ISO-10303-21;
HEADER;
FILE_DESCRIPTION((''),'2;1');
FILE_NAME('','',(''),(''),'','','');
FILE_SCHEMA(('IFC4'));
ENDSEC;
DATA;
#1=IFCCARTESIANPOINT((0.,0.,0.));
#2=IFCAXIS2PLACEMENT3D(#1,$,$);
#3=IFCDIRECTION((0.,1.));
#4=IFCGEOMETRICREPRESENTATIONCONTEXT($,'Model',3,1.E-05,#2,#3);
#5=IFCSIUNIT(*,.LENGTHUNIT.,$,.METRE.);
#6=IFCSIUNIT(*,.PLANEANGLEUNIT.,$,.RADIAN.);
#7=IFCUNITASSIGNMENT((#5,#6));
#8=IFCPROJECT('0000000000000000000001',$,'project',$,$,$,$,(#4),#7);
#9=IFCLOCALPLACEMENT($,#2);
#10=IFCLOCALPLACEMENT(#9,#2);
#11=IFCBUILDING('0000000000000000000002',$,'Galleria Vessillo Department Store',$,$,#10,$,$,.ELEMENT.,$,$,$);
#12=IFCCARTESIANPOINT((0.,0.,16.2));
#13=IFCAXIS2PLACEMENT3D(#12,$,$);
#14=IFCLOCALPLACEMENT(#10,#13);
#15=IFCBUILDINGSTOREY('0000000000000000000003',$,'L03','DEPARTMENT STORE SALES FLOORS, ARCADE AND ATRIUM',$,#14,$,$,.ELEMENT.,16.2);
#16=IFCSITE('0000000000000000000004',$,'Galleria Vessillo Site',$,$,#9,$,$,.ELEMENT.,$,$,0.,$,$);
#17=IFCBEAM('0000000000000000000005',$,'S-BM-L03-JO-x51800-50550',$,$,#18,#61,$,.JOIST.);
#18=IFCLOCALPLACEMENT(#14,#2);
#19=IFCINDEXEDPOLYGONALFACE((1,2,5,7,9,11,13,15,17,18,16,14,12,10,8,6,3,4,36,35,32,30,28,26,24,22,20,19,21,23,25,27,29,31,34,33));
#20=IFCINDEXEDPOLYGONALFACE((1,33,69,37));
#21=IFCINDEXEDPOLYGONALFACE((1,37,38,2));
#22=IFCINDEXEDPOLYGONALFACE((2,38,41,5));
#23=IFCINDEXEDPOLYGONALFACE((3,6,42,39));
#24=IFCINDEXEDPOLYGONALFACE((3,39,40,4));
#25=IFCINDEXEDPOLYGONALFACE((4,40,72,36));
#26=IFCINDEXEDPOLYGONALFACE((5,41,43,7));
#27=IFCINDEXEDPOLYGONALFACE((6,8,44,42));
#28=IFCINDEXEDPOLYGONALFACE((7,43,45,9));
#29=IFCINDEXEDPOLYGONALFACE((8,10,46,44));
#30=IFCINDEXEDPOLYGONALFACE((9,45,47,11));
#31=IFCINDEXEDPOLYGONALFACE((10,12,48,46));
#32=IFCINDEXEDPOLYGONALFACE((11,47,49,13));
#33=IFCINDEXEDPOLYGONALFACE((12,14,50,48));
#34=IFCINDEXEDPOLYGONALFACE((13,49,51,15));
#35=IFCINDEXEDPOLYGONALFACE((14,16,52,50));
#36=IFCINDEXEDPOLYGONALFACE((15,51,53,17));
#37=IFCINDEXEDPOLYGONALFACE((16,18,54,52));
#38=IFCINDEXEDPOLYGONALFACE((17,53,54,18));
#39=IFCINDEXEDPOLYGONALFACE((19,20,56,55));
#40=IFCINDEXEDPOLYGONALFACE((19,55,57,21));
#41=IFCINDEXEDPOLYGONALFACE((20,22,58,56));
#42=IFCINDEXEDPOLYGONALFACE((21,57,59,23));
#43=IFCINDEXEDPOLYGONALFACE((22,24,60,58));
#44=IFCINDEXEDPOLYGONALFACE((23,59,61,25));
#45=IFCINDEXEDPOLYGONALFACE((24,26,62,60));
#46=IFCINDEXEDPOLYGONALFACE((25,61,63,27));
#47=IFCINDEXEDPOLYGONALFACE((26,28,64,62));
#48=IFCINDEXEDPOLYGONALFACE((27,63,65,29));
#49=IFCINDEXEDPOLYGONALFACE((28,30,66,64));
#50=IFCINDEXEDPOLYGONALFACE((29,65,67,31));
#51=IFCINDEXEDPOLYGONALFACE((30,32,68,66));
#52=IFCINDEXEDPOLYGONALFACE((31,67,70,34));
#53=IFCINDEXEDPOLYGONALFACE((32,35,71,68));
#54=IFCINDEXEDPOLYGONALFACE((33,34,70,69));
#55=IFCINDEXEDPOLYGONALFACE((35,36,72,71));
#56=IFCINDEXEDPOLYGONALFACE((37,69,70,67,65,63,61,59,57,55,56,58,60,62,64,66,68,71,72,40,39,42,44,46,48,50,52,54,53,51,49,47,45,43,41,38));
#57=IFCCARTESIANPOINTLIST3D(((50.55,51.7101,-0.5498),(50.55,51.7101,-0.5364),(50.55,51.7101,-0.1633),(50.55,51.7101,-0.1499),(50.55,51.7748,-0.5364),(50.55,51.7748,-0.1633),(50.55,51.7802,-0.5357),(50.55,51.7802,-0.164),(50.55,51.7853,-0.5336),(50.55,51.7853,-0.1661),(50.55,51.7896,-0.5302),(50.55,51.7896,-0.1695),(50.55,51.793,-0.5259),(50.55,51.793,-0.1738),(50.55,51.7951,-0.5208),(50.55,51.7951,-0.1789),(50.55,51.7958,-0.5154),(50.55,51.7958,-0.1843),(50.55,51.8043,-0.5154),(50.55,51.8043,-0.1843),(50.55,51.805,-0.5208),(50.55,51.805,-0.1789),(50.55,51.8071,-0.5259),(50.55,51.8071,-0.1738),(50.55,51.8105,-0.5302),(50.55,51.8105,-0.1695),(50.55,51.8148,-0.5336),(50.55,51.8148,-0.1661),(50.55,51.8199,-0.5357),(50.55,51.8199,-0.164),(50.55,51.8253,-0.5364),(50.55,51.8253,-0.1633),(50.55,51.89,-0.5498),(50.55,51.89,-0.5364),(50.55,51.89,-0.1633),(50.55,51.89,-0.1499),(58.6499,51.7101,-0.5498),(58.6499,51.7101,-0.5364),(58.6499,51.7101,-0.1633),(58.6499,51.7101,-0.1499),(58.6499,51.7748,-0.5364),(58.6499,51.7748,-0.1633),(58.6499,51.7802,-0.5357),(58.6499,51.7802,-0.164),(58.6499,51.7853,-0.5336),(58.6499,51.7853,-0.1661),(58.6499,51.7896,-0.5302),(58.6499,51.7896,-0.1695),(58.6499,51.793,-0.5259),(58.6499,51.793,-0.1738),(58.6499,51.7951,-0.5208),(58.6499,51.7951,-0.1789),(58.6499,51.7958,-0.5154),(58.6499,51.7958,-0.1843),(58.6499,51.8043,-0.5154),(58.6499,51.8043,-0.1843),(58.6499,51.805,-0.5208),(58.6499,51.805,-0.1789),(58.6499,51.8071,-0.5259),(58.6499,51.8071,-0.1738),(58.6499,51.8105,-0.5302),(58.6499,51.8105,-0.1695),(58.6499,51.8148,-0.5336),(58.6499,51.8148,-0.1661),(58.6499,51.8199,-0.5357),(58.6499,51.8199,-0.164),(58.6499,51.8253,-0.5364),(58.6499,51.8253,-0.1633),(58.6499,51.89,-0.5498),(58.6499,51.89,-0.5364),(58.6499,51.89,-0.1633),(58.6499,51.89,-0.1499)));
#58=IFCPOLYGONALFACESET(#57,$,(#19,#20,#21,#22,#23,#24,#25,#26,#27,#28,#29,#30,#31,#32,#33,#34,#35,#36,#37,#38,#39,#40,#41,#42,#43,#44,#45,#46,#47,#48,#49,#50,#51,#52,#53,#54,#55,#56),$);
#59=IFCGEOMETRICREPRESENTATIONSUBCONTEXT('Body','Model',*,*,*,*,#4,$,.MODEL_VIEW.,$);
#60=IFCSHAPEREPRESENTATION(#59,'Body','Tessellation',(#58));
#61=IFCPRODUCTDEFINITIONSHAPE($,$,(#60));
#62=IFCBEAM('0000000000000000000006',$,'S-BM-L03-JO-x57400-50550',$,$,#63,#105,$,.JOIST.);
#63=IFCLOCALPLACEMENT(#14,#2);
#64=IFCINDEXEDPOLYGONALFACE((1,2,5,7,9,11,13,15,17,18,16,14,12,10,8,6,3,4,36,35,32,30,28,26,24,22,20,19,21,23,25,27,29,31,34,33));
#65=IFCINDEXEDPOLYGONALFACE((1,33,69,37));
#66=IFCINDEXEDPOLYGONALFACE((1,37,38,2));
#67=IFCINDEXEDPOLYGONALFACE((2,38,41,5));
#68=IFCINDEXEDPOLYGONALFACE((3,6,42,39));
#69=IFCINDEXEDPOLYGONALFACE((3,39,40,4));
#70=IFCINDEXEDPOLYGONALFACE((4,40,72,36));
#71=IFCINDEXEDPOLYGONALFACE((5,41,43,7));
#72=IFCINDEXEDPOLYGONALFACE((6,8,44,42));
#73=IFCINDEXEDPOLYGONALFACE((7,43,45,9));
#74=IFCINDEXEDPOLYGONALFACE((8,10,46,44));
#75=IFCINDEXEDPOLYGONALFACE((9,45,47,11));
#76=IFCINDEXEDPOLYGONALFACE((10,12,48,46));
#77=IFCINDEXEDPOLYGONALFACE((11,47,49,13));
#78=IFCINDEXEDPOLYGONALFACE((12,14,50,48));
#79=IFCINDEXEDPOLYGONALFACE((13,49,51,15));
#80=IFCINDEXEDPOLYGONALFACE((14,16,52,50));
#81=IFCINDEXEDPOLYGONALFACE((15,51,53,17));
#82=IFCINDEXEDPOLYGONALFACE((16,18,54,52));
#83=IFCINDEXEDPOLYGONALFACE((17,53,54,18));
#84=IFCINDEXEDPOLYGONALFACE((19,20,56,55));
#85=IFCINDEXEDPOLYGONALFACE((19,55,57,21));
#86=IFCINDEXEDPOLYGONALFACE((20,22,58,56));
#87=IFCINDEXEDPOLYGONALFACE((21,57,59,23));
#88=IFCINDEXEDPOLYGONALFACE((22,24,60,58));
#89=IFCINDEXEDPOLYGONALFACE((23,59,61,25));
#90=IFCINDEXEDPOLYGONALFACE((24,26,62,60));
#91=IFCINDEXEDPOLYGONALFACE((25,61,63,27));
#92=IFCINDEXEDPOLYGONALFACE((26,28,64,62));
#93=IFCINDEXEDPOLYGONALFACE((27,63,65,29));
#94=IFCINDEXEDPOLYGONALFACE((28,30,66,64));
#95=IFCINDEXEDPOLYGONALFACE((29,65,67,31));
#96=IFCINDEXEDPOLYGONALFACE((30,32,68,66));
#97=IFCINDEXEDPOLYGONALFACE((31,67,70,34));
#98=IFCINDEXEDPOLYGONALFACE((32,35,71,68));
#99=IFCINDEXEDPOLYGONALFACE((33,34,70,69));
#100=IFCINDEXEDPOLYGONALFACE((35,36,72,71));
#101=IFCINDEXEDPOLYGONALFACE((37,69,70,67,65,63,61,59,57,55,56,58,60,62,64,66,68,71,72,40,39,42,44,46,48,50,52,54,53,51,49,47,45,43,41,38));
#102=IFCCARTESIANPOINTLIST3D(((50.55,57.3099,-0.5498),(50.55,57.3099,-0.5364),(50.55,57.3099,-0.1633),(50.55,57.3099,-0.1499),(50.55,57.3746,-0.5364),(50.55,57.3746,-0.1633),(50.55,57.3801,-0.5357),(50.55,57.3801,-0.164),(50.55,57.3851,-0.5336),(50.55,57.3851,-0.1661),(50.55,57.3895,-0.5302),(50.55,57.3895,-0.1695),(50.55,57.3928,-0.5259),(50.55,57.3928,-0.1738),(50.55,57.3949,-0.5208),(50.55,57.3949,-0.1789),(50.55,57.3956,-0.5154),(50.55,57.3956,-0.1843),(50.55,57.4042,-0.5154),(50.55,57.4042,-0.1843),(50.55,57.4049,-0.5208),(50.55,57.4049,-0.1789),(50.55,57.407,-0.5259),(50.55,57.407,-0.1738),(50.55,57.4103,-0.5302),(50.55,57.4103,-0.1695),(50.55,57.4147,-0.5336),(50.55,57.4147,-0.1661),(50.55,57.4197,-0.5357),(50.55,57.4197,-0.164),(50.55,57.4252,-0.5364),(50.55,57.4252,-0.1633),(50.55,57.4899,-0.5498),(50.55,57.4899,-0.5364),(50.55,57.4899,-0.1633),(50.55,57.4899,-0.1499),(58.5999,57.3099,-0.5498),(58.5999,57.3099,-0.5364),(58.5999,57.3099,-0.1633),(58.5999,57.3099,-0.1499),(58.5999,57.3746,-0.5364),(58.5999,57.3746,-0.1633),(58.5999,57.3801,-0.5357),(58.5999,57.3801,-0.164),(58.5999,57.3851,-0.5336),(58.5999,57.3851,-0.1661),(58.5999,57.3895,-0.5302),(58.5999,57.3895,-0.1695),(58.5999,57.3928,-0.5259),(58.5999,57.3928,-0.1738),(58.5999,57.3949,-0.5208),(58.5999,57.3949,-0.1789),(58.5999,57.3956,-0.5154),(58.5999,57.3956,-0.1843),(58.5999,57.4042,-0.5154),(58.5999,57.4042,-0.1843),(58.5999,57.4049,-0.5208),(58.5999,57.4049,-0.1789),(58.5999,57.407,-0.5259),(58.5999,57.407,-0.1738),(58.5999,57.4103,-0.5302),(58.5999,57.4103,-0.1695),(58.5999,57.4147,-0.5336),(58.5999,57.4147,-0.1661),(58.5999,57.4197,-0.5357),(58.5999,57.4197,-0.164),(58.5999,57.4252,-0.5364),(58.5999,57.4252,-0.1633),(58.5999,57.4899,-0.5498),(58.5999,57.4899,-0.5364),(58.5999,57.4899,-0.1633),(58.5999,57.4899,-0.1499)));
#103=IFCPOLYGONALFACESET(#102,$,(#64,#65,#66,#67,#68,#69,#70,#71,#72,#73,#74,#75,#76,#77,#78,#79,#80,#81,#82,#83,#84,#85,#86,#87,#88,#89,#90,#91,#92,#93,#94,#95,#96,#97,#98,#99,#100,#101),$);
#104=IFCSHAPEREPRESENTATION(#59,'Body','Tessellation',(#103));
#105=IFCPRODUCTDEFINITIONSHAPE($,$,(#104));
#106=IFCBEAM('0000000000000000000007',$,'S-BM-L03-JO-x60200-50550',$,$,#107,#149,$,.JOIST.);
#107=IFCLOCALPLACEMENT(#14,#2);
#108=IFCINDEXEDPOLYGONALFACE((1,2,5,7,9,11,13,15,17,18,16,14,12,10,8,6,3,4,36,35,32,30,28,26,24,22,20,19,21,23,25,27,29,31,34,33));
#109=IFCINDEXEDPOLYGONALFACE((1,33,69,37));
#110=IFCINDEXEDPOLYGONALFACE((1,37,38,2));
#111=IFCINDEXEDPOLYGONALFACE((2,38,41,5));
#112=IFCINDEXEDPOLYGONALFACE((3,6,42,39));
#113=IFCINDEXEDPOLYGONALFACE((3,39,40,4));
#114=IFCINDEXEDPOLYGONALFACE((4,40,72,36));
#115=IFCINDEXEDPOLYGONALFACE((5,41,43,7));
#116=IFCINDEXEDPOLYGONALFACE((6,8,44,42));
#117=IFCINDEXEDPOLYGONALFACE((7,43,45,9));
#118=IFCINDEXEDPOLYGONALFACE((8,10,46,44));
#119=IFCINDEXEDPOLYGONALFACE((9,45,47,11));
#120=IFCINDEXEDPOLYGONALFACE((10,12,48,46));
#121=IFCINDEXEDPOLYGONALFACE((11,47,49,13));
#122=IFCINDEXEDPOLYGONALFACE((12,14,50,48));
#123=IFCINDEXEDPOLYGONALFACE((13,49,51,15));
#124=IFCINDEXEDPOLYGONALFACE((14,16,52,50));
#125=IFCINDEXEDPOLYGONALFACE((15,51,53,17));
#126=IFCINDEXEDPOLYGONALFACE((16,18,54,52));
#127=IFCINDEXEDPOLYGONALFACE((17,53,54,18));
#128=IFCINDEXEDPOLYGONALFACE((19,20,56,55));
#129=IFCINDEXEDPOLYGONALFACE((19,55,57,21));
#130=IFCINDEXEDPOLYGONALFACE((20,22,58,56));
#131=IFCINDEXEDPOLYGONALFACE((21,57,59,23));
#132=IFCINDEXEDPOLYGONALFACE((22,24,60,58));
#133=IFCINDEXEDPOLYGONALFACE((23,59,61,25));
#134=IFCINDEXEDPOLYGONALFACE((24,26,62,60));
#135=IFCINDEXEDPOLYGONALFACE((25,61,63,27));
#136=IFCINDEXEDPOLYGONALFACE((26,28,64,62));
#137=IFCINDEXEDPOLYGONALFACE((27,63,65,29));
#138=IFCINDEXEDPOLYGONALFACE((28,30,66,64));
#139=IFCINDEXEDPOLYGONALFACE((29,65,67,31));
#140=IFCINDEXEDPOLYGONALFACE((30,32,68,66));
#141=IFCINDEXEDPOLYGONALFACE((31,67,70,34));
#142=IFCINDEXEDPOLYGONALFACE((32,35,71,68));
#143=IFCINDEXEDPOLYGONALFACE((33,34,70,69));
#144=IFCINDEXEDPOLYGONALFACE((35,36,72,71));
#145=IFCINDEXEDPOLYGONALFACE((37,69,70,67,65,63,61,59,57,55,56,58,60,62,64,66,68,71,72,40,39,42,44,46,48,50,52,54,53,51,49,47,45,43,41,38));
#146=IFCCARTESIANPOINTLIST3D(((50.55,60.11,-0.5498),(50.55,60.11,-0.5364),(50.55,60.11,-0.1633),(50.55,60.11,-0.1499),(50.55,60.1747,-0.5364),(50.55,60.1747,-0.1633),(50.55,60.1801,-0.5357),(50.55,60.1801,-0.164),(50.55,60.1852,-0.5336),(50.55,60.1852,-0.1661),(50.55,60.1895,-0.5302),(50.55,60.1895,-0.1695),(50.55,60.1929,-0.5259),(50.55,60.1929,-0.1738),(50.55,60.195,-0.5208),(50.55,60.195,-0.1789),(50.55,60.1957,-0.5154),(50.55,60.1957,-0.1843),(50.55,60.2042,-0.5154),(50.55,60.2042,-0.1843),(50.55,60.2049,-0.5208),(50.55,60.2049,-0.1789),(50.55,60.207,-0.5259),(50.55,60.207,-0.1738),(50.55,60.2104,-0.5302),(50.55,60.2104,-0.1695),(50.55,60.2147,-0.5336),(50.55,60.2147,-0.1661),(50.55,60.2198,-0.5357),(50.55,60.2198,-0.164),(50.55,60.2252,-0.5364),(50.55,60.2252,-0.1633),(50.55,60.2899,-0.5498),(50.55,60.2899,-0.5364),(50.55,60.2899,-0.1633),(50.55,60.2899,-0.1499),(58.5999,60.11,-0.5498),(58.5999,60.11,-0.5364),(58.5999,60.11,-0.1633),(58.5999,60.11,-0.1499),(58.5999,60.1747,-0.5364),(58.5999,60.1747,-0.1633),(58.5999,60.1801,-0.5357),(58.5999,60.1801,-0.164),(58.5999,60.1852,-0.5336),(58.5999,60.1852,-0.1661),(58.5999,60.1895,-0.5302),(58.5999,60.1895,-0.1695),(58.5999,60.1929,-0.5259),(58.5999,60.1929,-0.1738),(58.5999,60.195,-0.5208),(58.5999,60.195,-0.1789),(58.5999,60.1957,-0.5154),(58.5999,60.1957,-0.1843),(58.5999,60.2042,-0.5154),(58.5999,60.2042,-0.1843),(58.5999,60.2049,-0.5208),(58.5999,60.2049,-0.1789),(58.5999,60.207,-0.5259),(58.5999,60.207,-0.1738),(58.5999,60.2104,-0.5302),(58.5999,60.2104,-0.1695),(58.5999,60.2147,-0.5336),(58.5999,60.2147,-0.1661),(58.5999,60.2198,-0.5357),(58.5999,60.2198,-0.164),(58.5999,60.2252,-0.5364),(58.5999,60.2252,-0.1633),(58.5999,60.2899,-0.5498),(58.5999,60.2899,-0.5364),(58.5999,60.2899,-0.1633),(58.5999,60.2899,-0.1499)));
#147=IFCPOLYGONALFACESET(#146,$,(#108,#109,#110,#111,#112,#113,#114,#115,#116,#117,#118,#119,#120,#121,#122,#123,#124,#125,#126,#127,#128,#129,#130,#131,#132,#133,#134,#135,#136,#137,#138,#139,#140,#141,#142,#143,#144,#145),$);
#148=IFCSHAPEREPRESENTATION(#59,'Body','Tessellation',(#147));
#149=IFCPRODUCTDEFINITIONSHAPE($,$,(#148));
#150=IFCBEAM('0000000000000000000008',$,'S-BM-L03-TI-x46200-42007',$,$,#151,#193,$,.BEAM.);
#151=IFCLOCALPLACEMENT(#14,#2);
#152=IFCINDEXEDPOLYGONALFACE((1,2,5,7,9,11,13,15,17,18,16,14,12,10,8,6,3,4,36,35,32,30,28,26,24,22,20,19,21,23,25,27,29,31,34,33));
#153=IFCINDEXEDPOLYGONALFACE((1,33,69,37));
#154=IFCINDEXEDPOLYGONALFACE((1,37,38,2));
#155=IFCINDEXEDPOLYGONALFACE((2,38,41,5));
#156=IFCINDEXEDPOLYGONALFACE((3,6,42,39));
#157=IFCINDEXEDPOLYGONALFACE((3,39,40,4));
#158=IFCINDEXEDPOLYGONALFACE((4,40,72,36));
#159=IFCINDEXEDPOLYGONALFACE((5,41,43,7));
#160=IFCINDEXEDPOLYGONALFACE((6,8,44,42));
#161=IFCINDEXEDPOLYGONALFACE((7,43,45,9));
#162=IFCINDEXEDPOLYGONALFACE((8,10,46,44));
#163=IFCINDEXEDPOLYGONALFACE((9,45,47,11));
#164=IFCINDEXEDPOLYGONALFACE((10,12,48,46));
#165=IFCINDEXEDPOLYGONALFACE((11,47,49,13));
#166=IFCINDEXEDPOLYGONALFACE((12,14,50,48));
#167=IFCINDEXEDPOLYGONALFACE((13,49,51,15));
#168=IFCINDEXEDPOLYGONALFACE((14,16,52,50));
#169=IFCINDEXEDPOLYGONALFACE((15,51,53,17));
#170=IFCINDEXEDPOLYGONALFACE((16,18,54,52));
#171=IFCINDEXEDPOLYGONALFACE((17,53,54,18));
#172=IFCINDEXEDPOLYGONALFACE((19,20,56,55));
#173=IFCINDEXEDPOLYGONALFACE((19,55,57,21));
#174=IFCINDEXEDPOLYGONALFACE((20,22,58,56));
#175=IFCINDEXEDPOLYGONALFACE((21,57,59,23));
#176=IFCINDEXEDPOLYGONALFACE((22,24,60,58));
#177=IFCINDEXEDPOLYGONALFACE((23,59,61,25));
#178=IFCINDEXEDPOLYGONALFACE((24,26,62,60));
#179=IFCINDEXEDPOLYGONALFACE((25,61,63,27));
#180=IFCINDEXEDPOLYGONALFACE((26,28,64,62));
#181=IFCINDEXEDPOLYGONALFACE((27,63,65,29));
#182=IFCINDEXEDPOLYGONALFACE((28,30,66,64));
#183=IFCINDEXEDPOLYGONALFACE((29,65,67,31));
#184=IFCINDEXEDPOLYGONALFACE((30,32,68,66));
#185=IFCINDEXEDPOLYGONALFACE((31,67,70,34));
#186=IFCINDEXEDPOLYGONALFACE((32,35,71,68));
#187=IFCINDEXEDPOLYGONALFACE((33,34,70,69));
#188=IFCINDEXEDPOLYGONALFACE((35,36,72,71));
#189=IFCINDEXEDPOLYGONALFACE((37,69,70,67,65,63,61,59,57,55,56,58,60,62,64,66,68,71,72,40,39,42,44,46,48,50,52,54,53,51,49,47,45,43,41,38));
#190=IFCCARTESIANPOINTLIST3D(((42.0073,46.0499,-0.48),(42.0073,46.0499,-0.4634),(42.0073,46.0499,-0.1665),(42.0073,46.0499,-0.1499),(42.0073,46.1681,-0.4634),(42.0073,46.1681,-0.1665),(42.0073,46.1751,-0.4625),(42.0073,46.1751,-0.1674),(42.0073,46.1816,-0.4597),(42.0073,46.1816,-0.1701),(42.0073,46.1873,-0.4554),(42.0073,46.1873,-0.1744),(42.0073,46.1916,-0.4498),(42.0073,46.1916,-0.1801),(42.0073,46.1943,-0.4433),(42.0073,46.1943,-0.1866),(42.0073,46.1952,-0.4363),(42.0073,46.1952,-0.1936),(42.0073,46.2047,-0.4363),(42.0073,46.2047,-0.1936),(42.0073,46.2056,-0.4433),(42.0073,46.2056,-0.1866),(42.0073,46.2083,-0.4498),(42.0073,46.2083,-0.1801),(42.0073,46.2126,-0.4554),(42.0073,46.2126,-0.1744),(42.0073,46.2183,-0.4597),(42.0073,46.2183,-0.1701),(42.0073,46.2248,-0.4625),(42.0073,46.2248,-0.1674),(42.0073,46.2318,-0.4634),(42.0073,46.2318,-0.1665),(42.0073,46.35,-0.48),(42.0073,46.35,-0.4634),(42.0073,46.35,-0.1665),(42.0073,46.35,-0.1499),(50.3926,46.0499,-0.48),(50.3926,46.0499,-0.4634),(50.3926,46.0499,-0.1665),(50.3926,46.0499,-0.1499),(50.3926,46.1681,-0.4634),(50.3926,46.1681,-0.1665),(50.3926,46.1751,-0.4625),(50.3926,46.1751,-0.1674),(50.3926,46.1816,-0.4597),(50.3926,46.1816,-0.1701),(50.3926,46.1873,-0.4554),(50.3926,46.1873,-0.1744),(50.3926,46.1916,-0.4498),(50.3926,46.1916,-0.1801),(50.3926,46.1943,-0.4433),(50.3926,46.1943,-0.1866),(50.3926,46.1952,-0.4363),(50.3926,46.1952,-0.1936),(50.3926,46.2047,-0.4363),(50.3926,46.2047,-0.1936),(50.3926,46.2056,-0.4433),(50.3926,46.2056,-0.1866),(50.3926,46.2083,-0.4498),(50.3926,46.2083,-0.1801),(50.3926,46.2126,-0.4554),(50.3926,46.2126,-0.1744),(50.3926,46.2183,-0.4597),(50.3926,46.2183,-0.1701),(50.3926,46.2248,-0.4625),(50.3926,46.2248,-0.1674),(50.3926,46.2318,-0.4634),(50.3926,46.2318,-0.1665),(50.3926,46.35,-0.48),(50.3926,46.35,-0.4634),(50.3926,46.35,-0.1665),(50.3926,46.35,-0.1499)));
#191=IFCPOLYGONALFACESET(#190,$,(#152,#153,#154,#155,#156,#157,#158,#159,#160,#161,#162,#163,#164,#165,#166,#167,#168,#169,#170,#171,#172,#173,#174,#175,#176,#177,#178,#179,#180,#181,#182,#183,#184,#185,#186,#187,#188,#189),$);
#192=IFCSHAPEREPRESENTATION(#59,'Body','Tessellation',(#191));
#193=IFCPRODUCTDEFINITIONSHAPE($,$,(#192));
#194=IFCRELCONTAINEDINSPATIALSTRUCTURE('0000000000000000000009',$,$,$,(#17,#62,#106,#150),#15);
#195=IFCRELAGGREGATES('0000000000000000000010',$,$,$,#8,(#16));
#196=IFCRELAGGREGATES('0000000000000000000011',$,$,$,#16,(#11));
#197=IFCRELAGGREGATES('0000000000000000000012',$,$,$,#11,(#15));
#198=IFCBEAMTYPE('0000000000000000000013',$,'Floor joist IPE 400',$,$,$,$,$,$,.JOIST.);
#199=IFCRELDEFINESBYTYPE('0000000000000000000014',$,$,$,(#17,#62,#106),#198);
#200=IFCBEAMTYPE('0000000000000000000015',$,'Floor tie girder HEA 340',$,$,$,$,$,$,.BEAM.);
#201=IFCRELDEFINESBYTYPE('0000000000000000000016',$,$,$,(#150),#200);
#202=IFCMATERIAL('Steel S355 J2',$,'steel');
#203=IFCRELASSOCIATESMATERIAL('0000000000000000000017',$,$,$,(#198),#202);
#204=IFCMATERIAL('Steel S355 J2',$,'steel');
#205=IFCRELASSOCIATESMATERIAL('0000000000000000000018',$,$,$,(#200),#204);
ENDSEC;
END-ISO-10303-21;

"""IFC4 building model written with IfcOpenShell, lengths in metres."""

from ifc_helpers import new_model, si_unit, direction, frame, origin, origin_2d, place, context, subcontext, project, spatial, i_section, extrude, material, material_profile, profile_set, type_object, element, save


model = new_model("IFC4")

# Units and contexts
model_context = context("Model", 3, precision=1e-05, world=origin(), true_north=direction((0.0, 1.0)))
body_context = subcontext(model_context, "Body", "Model", "MODEL_VIEW")
ifc_project = project(units=[si_unit("LENGTHUNIT", "METRE"), si_unit("PLANEANGLEUNIT", "RADIAN")], contexts=[model_context])

# Site, building, storey
site_placement = place(None, origin())
site = spatial("IfcSite", under=ifc_project, at=site_placement, Name="Galleria Vessillo Site", CompositionType="ELEMENT", RefElevation=0.0)
building_placement = place(site_placement, origin())
building = spatial("IfcBuilding", under=site, at=building_placement, Name="Galleria Vessillo Department Store", CompositionType="ELEMENT")
storey_placement = place(building_placement, frame((0.0, 0.0, 16.2)))
storey = spatial("IfcBuildingStorey", under=building, at=storey_placement, Name="L03", Description="DEPARTMENT STORE SALES FLOORS, ARCADE AND ATRIUM", CompositionType="ELEMENT", Elevation=16.2)

# Beams
ifc_material_1 = material(Name="Steel S355 J2", Category="steel")
ifc_material_profile_1 = material_profile(ifc_material_1, i_section(OverallWidth=0.1799, OverallDepth=0.3999, WebThickness=0.0085, FlangeThickness=0.0134, FilletRadius=0.021, at=origin_2d()), Name="IPE 400")
ifc_profile_set_1 = profile_set([ifc_material_profile_1], Name="Steel S355 J2")
beam_type_1 = type_object("IfcBeamType", Name="Floor joist IPE 400", PredefinedType="JOIST", material=ifc_profile_set_1)
for number, where, z_axis, x_axis, name in (
    (1, (50.55, 51.8, -0.3499), (1.0, 0.0, 0.0), (0.0, 1.0, 0.0), "S-BM-L03-JO-x51800-50550"),
):
    element("IfcBeam", number, at=place(storey_placement, frame(where, z_axis=z_axis, x_axis=x_axis)), inside=storey, type_object=beam_type_1, Name=name, PredefinedType="JOIST", context=body_context, shape_type="SweptSolid", body=[
        extrude(i_section(OverallWidth=0.1799, OverallDepth=0.3999, WebThickness=0.0085, FlangeThickness=0.0134, FilletRadius=0.021, at=origin_2d()), origin(), (0.0, 0.0, 1.0), 8.0999),
    ])
for number, where, z_axis, x_axis, name in (
    (2, (50.55, 57.3999, -0.3499), (1.0, 0.0, 0.0), (0.0, 1.0, 0.0), "S-BM-L03-JO-x57400-50550"),
    (3, (50.55, 60.2, -0.3499), (1.0, 0.0, 0.0), (0.0, 1.0, 0.0), "S-BM-L03-JO-x60200-50550"),
):
    element("IfcBeam", number, at=place(storey_placement, frame(where, z_axis=z_axis, x_axis=x_axis)), inside=storey, type_object=beam_type_1, Name=name, PredefinedType="JOIST", context=body_context, shape_type="SweptSolid", body=[
        extrude(i_section(OverallWidth=0.1799, OverallDepth=0.3999, WebThickness=0.0085, FlangeThickness=0.0134, FilletRadius=0.021, at=origin_2d()), origin(), (0.0, 0.0, 1.0), 8.0498),
    ])
ifc_material_2 = material(Name="Steel S355 J2", Category="steel")
ifc_material_profile_2 = material_profile(ifc_material_2, i_section(OverallWidth=0.3, OverallDepth=0.3301, WebThickness=0.0095, FlangeThickness=0.0166, FilletRadius=0.0271, at=origin_2d()), Name="HEA 340")
ifc_profile_set_2 = profile_set([ifc_material_profile_2], Name="Steel S355 J2")
beam_type_2 = type_object("IfcBeamType", Name="Floor tie girder HEA 340", PredefinedType="BEAM", material=ifc_profile_set_2)
for number, where, z_axis, x_axis, name in (
    (4, (42.0073, 46.2, -0.3149), (1.0, 0.0, 0.0), (0.0, 1.0, 0.0), "S-BM-L03-TI-x46200-42007"),
):
    element("IfcBeam", number, at=place(storey_placement, frame(where, z_axis=z_axis, x_axis=x_axis)), inside=storey, type_object=beam_type_2, Name=name, PredefinedType="BEAM", context=body_context, shape_type="SweptSolid", body=[
        extrude(i_section(OverallWidth=0.3, OverallDepth=0.3301, WebThickness=0.0095, FlangeThickness=0.0166, FilletRadius=0.0271, at=origin_2d()), origin(), (0.0, 0.0, 1.0), 8.3853),
    ])

save(model, "model.ifc")
